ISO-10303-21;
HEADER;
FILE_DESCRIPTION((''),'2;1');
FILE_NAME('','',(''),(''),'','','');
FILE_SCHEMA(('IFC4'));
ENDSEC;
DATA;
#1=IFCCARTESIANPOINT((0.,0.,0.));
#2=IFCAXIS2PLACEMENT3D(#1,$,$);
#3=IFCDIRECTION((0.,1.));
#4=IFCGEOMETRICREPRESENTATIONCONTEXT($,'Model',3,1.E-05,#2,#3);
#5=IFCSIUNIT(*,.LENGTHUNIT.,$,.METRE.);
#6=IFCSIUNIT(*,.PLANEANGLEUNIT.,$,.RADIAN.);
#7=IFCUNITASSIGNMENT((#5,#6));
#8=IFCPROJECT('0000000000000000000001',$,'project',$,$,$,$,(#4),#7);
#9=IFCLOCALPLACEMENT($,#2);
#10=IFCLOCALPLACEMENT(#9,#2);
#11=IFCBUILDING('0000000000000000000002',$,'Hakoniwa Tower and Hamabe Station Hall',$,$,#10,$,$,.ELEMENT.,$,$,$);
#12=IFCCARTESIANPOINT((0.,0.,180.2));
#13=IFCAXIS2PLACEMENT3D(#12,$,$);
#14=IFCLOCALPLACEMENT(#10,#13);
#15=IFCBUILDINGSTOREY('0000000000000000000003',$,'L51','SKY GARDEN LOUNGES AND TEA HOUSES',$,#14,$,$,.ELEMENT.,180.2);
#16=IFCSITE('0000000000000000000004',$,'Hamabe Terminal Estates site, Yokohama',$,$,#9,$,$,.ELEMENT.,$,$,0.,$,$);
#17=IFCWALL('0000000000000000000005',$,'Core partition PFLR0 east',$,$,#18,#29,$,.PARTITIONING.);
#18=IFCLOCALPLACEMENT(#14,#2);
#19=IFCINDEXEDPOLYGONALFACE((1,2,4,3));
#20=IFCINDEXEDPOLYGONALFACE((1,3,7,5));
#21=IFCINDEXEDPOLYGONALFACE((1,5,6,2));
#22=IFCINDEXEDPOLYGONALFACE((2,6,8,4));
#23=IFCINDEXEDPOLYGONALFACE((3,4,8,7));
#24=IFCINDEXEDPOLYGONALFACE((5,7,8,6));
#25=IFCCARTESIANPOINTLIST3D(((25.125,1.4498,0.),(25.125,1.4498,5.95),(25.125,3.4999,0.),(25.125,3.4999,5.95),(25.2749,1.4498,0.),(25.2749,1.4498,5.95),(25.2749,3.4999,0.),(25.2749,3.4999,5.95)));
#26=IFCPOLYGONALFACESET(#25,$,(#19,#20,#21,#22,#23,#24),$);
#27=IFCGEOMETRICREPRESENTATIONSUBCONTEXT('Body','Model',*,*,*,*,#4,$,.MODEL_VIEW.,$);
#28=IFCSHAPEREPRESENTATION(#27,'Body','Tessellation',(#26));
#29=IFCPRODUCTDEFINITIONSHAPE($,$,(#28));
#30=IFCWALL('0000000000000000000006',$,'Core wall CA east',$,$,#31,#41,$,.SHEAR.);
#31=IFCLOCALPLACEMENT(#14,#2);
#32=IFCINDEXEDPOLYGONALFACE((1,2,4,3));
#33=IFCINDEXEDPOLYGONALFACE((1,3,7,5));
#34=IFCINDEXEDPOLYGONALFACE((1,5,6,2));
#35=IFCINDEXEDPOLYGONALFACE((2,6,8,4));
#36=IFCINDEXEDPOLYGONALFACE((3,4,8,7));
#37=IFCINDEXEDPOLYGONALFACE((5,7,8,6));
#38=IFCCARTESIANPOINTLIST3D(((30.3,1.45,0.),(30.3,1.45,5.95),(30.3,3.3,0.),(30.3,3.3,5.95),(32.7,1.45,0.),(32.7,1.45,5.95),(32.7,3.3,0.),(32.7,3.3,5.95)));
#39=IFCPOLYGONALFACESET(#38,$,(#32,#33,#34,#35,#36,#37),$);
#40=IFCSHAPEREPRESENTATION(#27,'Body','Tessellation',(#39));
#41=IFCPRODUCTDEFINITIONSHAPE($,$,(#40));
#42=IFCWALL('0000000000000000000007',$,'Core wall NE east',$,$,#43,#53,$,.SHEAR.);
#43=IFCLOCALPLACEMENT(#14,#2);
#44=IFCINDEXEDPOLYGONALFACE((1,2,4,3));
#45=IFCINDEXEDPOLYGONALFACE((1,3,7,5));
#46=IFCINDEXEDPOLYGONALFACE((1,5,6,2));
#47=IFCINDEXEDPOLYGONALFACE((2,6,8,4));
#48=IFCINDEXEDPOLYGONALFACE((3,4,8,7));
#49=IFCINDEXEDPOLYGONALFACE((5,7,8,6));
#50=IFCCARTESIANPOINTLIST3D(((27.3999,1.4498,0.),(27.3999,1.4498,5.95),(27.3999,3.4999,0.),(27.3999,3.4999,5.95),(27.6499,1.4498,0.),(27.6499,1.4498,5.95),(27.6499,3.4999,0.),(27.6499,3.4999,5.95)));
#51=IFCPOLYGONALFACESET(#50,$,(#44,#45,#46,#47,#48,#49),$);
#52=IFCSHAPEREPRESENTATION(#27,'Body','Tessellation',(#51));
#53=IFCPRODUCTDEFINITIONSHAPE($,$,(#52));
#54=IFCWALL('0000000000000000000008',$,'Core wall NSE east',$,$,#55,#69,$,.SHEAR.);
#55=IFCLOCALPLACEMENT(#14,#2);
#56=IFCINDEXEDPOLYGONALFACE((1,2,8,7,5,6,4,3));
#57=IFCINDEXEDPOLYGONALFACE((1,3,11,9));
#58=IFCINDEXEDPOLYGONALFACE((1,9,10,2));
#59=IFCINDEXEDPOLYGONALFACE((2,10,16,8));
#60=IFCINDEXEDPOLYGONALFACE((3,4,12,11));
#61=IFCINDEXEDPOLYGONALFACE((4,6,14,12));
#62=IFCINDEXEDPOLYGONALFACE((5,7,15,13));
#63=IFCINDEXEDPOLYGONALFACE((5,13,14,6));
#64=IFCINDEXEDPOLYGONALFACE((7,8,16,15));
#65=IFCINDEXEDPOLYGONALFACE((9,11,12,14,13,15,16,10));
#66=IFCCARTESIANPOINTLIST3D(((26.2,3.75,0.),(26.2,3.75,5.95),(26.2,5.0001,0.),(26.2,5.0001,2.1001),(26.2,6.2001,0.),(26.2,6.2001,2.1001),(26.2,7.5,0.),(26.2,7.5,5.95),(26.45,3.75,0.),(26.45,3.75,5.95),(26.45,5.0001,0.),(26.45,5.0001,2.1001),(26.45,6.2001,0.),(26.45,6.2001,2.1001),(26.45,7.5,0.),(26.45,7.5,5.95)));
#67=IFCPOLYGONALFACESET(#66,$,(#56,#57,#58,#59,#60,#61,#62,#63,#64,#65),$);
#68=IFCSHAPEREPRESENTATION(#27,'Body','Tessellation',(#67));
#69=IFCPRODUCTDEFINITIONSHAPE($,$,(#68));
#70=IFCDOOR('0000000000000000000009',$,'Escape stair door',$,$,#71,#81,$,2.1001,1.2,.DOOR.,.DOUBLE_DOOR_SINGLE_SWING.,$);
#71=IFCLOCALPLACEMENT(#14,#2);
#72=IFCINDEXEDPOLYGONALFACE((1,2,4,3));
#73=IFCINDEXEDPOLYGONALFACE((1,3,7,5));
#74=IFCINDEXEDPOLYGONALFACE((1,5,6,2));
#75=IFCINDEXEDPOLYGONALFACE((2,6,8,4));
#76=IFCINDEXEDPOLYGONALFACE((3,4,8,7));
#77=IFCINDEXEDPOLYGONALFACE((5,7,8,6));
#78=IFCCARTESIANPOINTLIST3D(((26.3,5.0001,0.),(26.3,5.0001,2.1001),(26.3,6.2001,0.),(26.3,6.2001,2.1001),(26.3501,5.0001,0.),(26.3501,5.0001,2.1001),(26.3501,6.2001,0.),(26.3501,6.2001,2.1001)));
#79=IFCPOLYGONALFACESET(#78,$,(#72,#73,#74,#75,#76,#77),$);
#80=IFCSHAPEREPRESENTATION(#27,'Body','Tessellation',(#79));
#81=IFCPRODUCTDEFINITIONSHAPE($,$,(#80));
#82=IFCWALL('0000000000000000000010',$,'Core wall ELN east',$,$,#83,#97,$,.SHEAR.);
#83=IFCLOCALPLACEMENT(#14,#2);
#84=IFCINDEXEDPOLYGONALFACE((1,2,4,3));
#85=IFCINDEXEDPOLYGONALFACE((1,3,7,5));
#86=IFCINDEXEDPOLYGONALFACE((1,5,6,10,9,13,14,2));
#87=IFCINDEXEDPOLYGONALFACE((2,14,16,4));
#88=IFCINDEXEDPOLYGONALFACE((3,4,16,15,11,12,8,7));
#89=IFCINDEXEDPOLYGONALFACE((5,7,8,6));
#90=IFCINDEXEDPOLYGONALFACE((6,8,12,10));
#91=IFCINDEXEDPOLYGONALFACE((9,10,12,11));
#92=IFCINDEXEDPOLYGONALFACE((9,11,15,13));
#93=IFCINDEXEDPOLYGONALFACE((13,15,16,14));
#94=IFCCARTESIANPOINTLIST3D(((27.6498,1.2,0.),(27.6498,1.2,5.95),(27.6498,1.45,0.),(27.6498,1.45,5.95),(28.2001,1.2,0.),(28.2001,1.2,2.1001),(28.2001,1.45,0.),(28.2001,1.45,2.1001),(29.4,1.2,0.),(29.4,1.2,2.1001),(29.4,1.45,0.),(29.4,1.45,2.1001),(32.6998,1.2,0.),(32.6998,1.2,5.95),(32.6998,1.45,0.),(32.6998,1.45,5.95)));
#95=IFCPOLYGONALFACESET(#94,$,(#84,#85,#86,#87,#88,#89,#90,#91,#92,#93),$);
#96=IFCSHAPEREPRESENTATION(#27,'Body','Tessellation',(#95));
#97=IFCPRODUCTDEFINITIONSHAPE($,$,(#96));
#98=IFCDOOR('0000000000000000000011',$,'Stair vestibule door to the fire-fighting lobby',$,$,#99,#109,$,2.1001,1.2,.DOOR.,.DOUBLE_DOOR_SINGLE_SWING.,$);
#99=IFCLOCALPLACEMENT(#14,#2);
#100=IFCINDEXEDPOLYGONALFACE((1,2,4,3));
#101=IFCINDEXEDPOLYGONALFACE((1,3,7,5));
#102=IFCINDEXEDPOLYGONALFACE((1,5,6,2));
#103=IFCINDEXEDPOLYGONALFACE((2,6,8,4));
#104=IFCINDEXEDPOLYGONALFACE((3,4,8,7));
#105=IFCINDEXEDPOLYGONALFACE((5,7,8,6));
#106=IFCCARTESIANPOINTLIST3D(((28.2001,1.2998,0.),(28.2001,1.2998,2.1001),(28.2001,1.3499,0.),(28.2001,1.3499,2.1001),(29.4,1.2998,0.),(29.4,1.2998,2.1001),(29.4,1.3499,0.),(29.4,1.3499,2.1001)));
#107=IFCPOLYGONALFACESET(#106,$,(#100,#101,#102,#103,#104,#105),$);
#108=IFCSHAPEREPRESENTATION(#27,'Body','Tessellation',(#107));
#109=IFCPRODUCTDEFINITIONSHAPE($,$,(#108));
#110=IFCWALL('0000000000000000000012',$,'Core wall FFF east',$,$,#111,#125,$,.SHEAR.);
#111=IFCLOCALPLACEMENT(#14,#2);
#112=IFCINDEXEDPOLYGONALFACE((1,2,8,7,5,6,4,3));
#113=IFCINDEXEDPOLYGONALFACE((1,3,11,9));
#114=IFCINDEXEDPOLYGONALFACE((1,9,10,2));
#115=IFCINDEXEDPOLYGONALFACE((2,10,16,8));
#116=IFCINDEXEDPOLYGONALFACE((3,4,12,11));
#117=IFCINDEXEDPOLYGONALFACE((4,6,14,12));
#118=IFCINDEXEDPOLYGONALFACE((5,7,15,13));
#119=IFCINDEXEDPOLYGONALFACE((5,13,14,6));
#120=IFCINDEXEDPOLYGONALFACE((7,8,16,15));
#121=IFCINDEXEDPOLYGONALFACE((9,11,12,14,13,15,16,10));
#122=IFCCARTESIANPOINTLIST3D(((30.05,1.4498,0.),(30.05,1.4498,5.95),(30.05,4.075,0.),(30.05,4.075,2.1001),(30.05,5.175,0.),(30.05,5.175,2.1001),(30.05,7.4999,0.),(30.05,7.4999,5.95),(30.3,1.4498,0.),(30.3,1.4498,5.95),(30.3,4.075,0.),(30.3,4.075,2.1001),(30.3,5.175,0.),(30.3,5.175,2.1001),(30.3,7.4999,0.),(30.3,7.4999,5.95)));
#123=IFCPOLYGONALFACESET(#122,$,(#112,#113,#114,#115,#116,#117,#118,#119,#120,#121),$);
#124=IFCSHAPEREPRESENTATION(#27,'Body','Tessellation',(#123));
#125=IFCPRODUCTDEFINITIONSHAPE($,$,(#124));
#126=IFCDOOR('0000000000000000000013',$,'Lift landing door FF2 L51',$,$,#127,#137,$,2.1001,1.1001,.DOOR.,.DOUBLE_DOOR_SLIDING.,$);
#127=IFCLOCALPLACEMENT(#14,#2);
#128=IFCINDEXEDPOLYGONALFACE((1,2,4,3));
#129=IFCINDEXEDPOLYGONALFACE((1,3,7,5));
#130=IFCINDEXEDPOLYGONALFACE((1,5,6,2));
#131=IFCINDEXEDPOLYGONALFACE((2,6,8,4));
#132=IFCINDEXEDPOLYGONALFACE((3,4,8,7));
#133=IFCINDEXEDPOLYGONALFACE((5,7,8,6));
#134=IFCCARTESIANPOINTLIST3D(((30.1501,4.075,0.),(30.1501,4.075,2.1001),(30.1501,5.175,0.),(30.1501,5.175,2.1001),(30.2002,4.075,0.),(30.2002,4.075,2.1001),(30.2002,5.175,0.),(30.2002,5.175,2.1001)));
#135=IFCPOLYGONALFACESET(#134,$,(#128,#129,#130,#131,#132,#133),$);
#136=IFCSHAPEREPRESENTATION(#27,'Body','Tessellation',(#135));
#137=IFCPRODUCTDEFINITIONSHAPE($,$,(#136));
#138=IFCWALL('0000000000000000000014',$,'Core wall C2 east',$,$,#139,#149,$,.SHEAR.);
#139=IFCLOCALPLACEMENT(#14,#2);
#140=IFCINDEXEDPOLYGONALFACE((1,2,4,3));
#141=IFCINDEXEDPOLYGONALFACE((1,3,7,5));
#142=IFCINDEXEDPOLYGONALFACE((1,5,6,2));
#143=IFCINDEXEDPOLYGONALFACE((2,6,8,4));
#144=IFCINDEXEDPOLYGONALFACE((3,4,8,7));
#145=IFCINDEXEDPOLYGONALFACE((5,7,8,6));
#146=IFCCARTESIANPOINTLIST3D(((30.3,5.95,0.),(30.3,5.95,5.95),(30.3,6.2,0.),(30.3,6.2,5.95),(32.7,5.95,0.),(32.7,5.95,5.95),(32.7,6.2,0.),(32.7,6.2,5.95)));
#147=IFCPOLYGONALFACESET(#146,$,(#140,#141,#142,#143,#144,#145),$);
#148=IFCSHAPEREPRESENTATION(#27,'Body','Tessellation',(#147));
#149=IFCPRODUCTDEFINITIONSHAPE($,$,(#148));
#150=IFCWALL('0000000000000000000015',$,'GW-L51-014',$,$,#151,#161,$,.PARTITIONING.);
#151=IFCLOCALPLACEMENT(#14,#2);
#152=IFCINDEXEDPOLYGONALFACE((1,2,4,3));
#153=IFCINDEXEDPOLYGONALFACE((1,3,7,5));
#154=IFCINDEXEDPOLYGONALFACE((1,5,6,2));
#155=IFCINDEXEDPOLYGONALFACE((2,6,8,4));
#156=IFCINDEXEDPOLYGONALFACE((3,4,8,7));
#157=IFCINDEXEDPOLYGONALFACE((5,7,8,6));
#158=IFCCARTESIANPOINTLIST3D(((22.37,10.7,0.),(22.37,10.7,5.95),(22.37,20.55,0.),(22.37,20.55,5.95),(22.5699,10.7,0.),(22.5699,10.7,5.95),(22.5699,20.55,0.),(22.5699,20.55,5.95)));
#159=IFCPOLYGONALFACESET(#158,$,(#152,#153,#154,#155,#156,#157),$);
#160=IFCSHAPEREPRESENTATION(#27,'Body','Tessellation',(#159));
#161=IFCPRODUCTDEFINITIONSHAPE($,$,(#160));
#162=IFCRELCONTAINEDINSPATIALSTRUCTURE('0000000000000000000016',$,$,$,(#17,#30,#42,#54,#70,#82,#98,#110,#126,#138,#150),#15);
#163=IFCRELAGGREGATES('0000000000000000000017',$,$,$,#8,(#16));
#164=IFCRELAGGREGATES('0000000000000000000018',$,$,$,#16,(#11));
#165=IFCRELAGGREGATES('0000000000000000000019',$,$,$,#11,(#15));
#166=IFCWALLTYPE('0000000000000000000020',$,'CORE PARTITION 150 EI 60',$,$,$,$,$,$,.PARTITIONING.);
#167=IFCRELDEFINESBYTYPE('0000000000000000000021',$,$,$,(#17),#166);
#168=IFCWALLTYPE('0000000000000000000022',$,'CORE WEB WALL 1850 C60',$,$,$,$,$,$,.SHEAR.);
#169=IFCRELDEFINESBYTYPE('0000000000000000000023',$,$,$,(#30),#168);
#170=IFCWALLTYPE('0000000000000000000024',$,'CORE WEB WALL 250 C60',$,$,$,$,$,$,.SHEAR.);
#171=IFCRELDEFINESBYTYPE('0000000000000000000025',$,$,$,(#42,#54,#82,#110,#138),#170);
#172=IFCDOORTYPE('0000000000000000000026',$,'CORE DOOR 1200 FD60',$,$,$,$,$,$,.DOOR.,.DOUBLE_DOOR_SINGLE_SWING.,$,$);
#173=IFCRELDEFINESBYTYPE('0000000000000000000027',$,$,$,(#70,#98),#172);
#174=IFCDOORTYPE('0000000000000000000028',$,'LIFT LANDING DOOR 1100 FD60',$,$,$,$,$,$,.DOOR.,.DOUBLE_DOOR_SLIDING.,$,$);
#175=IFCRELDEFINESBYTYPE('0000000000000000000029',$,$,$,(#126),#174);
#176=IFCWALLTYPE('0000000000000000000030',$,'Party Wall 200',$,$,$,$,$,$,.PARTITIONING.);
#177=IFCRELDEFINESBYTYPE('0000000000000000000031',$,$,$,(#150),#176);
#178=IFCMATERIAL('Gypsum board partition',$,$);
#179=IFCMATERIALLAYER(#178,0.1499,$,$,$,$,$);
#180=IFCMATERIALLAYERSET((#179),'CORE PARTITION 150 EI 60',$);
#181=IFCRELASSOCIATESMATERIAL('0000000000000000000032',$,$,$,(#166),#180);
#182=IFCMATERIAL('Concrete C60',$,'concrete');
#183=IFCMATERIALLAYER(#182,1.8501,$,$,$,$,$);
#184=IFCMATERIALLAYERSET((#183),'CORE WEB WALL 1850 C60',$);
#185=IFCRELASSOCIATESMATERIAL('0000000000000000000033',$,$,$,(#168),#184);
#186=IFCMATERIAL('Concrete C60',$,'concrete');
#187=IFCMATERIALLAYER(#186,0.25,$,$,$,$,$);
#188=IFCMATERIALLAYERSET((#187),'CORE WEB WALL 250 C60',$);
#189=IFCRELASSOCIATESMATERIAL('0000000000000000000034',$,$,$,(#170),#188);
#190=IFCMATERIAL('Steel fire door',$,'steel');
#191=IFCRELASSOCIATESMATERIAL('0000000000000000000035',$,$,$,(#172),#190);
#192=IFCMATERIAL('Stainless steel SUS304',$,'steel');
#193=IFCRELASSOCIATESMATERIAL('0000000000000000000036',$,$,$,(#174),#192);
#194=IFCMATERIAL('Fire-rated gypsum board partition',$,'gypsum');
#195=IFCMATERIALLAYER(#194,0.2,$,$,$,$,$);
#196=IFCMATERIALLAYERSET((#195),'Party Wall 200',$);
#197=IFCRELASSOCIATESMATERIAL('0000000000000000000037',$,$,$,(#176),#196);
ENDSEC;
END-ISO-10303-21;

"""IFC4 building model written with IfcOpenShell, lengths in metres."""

from ifc_helpers import new_model, si_unit, direction, frame, frame_2d, origin, place, context, subcontext, project, spatial, rectangle, extrude, material, layer, layer_set, type_object, element, fill, save


model = new_model("IFC4")

# Units and contexts
model_context = context("Model", 3, precision=1e-05, world=origin(), true_north=direction((0.0, 1.0)))
body_context = subcontext(model_context, "Body", "Model", "MODEL_VIEW")
ifc_project = project(units=[si_unit("LENGTHUNIT", "METRE"), si_unit("PLANEANGLEUNIT", "RADIAN")], contexts=[model_context])

# Site, building, storey
site_placement = place(None, origin())
site = spatial("IfcSite", under=ifc_project, at=site_placement, Name="Hamabe Terminal Estates site, Yokohama", CompositionType="ELEMENT", RefElevation=0.0)
building_placement = place(site_placement, origin())
building = spatial("IfcBuilding", under=site, at=building_placement, Name="Hakoniwa Tower and Hamabe Station Hall", CompositionType="ELEMENT")
storey_placement = place(building_placement, frame((0.0, 0.0, 180.2)))
storey = spatial("IfcBuildingStorey", under=building, at=storey_placement, Name="L51", Description="SKY GARDEN LOUNGES AND TEA HOUSES", CompositionType="ELEMENT", Elevation=180.2)

# Walls
ifc_material_1 = material(Name="Gypsum board partition")
ifc_layer_1 = layer(ifc_material_1, 0.1499)
ifc_layer_set_1 = layer_set([ifc_layer_1], Name="CORE PARTITION 150 EI 60")
wall_type_1 = type_object("IfcWallType", Name="CORE PARTITION 150 EI 60", PredefinedType="PARTITIONING", material=ifc_layer_set_1)
wall_1_placement = place(storey_placement, frame((25.2, 1.45, 0.0), z_axis=(0.0, 0.0, 1.0), x_axis=(0.0, 1.0, 0.0)))
element("IfcWall", 1, at=wall_1_placement, inside=storey, type_object=wall_type_1, Name="Core partition PFLR0 east", PredefinedType="PARTITIONING", context=body_context, shape_type="SweptSolid", body=[
    extrude(rectangle(XDim=2.05, YDim=0.1499, at=frame_2d((1.0249, 0.0))), origin(), (0.0, 0.0, 1.0), 5.95),
])
ifc_material_2 = material(Name="Concrete C60", Category="concrete")
ifc_layer_2 = layer(ifc_material_2, 1.8501)
ifc_layer_set_2 = layer_set([ifc_layer_2], Name="CORE WEB WALL 1850 C60")
wall_type_2 = type_object("IfcWallType", Name="CORE WEB WALL 1850 C60", PredefinedType="SHEAR", material=ifc_layer_set_2)
wall_2_placement = place(storey_placement, frame((30.3, 2.375, 0.0), z_axis=(0.0, 0.0, 1.0), x_axis=(1.0, 0.0, 0.0)))
element("IfcWall", 2, at=wall_2_placement, inside=storey, type_object=wall_type_2, Name="Core wall CA east", PredefinedType="SHEAR", context=body_context, shape_type="SweptSolid", body=[
    extrude(rectangle(XDim=2.3999, YDim=1.8501, at=frame_2d((1.2, 0.0))), origin(), (0.0, 0.0, 1.0), 5.95),
])
ifc_material_3 = material(Name="Concrete C60", Category="concrete")
ifc_layer_3 = layer(ifc_material_3, 0.25)
ifc_layer_set_3 = layer_set([ifc_layer_3], Name="CORE WEB WALL 250 C60")
wall_type_3 = type_object("IfcWallType", Name="CORE WEB WALL 250 C60", PredefinedType="SHEAR", material=ifc_layer_set_3)
wall_3_placement = place(storey_placement, frame((27.5249, 1.45, 0.0), z_axis=(0.0, 0.0, 1.0), x_axis=(0.0, 1.0, 0.0)))
element("IfcWall", 3, at=wall_3_placement, inside=storey, type_object=wall_type_3, Name="Core wall NE east", PredefinedType="SHEAR", context=body_context, shape_type="SweptSolid", body=[
    extrude(rectangle(XDim=2.05, YDim=0.25, at=frame_2d((1.0249, 0.0))), origin(), (0.0, 0.0, 1.0), 5.95),
])

# Walls, openings, doors
wall_4_placement = place(storey_placement, frame((26.325, 3.75, 0.0), z_axis=(0.0, 0.0, 1.0), x_axis=(0.0, 1.0, 0.0)))
wall_4 = element("IfcWall", 4, at=wall_4_placement, inside=storey, type_object=wall_type_3, Name="Core wall NSE east", PredefinedType="SHEAR", context=body_context, shape_type="SweptSolid", body=[
    extrude(rectangle(XDim=3.75, YDim=0.25, at=frame_2d((1.875, 0.0))), origin(), (0.0, 0.0, 1.0), 5.95),
])
opening_1_placement = place(wall_4_placement, frame((1.25, 0.0, 0.0)))
opening_1 = element("IfcOpeningElement", 5, at=opening_1_placement, cuts=wall_4, PredefinedType="OPENING", context=body_context, shape_type="SweptSolid", body=[
    extrude(rectangle(XDim=1.2, YDim=2.1001, at=frame_2d((0.6001, 1.05))), frame((0.0, 0.135, 0.0), z_axis=(0.0, -1.0, 0.0), x_axis=(1.0, 0.0, 0.0)), (0.0, 0.0, 1.0), 0.27),
])
ifc_material_4 = material(Name="Steel fire door", Category="steel")
door_type_1 = type_object("IfcDoorType", Name="CORE DOOR 1200 FD60", OperationType="DOUBLE_DOOR_SINGLE_SWING", PredefinedType="DOOR", material=ifc_material_4)
door_1_placement = place(opening_1_placement, origin())
door_1 = element("IfcDoor", 6, at=door_1_placement, inside=storey, type_object=door_type_1, Name="Escape stair door", OperationType="DOUBLE_DOOR_SINGLE_SWING", OverallHeight=2.1001, OverallWidth=1.2, PredefinedType="DOOR", context=body_context, shape_type="SweptSolid", body=[
    extrude(rectangle(XDim=1.2, YDim=2.1001, at=frame_2d((0.6001, 1.05))), frame((0.0, 0.0249, 0.0), z_axis=(0.0, -1.0, 0.0), x_axis=(1.0, 0.0, 0.0)), (0.0, 0.0, 1.0), 0.05),
])
fill(opening_1, door_1)
wall_5_placement = place(storey_placement, frame((27.6499, 1.325, 0.0), z_axis=(0.0, 0.0, 1.0), x_axis=(1.0, 0.0, 0.0)))
wall_5 = element("IfcWall", 7, at=wall_5_placement, inside=storey, type_object=wall_type_3, Name="Core wall ELN east", PredefinedType="SHEAR", context=body_context, shape_type="SweptSolid", body=[
    extrude(rectangle(XDim=5.05, YDim=0.25, at=frame_2d((2.5249, 0.0))), origin(), (0.0, 0.0, 1.0), 5.95),
])
opening_2_placement = place(wall_5_placement, frame((0.55, 0.0, 0.0)))
opening_2 = element("IfcOpeningElement", 8, at=opening_2_placement, cuts=wall_5, PredefinedType="OPENING", context=body_context, shape_type="SweptSolid", body=[
    extrude(rectangle(XDim=1.2, YDim=2.1001, at=frame_2d((0.6001, 1.05))), frame((0.0, 0.135, 0.0), z_axis=(0.0, -1.0, 0.0), x_axis=(1.0, 0.0, 0.0)), (0.0, 0.0, 1.0), 0.27),
])
door_2_placement = place(opening_2_placement, origin())
door_2 = element("IfcDoor", 9, at=door_2_placement, inside=storey, type_object=door_type_1, Name="Stair vestibule door to the fire-fighting lobby", OperationType="DOUBLE_DOOR_SINGLE_SWING", OverallHeight=2.1001, OverallWidth=1.2, PredefinedType="DOOR", context=body_context, shape_type="SweptSolid", body=[
    extrude(rectangle(XDim=1.2, YDim=2.1001, at=frame_2d((0.6001, 1.05))), frame((0.0, 0.0249, 0.0), z_axis=(0.0, -1.0, 0.0), x_axis=(1.0, 0.0, 0.0)), (0.0, 0.0, 1.0), 0.05),
])
fill(opening_2, door_2)
wall_6_placement = place(storey_placement, frame((30.175, 1.45, 0.0), z_axis=(0.0, 0.0, 1.0), x_axis=(0.0, 1.0, 0.0)))
wall_6 = element("IfcWall", 10, at=wall_6_placement, inside=storey, type_object=wall_type_3, Name="Core wall FFF east", PredefinedType="SHEAR", context=body_context, shape_type="SweptSolid", body=[
    extrude(rectangle(XDim=6.05, YDim=0.25, at=frame_2d((3.0249, 0.0))), origin(), (0.0, 0.0, 1.0), 5.95),
])
opening_3_placement = place(wall_6_placement, frame((2.625, 0.0, 0.0)))
opening_3 = element("IfcOpeningElement", 11, at=opening_3_placement, cuts=wall_6, PredefinedType="OPENING", context=body_context, shape_type="SweptSolid", body=[
    extrude(rectangle(XDim=1.1001, YDim=2.1001, at=frame_2d((0.55, 1.05))), frame((0.0, 0.135, 0.0), z_axis=(0.0, -1.0, 0.0), x_axis=(1.0, 0.0, 0.0)), (0.0, 0.0, 1.0), 0.27),
])
ifc_material_5 = material(Name="Stainless steel SUS304", Category="steel")
door_type_2 = type_object("IfcDoorType", Name="LIFT LANDING DOOR 1100 FD60", OperationType="DOUBLE_DOOR_SLIDING", PredefinedType="DOOR", material=ifc_material_5)
door_3_placement = place(opening_3_placement, origin())
door_3 = element("IfcDoor", 12, at=door_3_placement, inside=storey, type_object=door_type_2, Name="Lift landing door FF2 L51", OperationType="DOUBLE_DOOR_SLIDING", OverallHeight=2.1001, OverallWidth=1.1001, PredefinedType="DOOR", context=body_context, shape_type="SweptSolid", body=[
    extrude(rectangle(XDim=1.1001, YDim=2.1001, at=frame_2d((0.55, 1.05))), frame((0.0, 0.0249, 0.0), z_axis=(0.0, -1.0, 0.0), x_axis=(1.0, 0.0, 0.0)), (0.0, 0.0, 1.0), 0.05),
])
fill(opening_3, door_3)

# Walls
wall_7_placement = place(storey_placement, frame((30.3, 6.075, 0.0), z_axis=(0.0, 0.0, 1.0), x_axis=(1.0, 0.0, 0.0)))
element("IfcWall", 13, at=wall_7_placement, inside=storey, type_object=wall_type_3, Name="Core wall C2 east", PredefinedType="SHEAR", context=body_context, shape_type="SweptSolid", body=[
    extrude(rectangle(XDim=2.3999, YDim=0.25, at=frame_2d((1.2, 0.0))), origin(), (0.0, 0.0, 1.0), 5.95),
])
ifc_material_6 = material(Name="Fire-rated gypsum board partition", Category="gypsum")
ifc_layer_4 = layer(ifc_material_6, 0.2)
ifc_layer_set_4 = layer_set([ifc_layer_4], Name="Party Wall 200")
wall_type_4 = type_object("IfcWallType", Name="Party Wall 200", PredefinedType="PARTITIONING", material=ifc_layer_set_4)
wall_8_placement = place(storey_placement, frame((22.47, 10.7, 0.0), z_axis=(0.0, 0.0, 1.0), x_axis=(0.0, 1.0, 0.0)))
element("IfcWall", 14, at=wall_8_placement, inside=storey, type_object=wall_type_4, Name="GW-L51-014", PredefinedType="PARTITIONING", context=body_context, shape_type="SweptSolid", body=[
    extrude(rectangle(XDim=9.8501, YDim=0.2, at=frame_2d((4.925, 0.0))), origin(), (0.0, 0.0, 1.0), 5.95),
])

save(model, "model.ifc")
